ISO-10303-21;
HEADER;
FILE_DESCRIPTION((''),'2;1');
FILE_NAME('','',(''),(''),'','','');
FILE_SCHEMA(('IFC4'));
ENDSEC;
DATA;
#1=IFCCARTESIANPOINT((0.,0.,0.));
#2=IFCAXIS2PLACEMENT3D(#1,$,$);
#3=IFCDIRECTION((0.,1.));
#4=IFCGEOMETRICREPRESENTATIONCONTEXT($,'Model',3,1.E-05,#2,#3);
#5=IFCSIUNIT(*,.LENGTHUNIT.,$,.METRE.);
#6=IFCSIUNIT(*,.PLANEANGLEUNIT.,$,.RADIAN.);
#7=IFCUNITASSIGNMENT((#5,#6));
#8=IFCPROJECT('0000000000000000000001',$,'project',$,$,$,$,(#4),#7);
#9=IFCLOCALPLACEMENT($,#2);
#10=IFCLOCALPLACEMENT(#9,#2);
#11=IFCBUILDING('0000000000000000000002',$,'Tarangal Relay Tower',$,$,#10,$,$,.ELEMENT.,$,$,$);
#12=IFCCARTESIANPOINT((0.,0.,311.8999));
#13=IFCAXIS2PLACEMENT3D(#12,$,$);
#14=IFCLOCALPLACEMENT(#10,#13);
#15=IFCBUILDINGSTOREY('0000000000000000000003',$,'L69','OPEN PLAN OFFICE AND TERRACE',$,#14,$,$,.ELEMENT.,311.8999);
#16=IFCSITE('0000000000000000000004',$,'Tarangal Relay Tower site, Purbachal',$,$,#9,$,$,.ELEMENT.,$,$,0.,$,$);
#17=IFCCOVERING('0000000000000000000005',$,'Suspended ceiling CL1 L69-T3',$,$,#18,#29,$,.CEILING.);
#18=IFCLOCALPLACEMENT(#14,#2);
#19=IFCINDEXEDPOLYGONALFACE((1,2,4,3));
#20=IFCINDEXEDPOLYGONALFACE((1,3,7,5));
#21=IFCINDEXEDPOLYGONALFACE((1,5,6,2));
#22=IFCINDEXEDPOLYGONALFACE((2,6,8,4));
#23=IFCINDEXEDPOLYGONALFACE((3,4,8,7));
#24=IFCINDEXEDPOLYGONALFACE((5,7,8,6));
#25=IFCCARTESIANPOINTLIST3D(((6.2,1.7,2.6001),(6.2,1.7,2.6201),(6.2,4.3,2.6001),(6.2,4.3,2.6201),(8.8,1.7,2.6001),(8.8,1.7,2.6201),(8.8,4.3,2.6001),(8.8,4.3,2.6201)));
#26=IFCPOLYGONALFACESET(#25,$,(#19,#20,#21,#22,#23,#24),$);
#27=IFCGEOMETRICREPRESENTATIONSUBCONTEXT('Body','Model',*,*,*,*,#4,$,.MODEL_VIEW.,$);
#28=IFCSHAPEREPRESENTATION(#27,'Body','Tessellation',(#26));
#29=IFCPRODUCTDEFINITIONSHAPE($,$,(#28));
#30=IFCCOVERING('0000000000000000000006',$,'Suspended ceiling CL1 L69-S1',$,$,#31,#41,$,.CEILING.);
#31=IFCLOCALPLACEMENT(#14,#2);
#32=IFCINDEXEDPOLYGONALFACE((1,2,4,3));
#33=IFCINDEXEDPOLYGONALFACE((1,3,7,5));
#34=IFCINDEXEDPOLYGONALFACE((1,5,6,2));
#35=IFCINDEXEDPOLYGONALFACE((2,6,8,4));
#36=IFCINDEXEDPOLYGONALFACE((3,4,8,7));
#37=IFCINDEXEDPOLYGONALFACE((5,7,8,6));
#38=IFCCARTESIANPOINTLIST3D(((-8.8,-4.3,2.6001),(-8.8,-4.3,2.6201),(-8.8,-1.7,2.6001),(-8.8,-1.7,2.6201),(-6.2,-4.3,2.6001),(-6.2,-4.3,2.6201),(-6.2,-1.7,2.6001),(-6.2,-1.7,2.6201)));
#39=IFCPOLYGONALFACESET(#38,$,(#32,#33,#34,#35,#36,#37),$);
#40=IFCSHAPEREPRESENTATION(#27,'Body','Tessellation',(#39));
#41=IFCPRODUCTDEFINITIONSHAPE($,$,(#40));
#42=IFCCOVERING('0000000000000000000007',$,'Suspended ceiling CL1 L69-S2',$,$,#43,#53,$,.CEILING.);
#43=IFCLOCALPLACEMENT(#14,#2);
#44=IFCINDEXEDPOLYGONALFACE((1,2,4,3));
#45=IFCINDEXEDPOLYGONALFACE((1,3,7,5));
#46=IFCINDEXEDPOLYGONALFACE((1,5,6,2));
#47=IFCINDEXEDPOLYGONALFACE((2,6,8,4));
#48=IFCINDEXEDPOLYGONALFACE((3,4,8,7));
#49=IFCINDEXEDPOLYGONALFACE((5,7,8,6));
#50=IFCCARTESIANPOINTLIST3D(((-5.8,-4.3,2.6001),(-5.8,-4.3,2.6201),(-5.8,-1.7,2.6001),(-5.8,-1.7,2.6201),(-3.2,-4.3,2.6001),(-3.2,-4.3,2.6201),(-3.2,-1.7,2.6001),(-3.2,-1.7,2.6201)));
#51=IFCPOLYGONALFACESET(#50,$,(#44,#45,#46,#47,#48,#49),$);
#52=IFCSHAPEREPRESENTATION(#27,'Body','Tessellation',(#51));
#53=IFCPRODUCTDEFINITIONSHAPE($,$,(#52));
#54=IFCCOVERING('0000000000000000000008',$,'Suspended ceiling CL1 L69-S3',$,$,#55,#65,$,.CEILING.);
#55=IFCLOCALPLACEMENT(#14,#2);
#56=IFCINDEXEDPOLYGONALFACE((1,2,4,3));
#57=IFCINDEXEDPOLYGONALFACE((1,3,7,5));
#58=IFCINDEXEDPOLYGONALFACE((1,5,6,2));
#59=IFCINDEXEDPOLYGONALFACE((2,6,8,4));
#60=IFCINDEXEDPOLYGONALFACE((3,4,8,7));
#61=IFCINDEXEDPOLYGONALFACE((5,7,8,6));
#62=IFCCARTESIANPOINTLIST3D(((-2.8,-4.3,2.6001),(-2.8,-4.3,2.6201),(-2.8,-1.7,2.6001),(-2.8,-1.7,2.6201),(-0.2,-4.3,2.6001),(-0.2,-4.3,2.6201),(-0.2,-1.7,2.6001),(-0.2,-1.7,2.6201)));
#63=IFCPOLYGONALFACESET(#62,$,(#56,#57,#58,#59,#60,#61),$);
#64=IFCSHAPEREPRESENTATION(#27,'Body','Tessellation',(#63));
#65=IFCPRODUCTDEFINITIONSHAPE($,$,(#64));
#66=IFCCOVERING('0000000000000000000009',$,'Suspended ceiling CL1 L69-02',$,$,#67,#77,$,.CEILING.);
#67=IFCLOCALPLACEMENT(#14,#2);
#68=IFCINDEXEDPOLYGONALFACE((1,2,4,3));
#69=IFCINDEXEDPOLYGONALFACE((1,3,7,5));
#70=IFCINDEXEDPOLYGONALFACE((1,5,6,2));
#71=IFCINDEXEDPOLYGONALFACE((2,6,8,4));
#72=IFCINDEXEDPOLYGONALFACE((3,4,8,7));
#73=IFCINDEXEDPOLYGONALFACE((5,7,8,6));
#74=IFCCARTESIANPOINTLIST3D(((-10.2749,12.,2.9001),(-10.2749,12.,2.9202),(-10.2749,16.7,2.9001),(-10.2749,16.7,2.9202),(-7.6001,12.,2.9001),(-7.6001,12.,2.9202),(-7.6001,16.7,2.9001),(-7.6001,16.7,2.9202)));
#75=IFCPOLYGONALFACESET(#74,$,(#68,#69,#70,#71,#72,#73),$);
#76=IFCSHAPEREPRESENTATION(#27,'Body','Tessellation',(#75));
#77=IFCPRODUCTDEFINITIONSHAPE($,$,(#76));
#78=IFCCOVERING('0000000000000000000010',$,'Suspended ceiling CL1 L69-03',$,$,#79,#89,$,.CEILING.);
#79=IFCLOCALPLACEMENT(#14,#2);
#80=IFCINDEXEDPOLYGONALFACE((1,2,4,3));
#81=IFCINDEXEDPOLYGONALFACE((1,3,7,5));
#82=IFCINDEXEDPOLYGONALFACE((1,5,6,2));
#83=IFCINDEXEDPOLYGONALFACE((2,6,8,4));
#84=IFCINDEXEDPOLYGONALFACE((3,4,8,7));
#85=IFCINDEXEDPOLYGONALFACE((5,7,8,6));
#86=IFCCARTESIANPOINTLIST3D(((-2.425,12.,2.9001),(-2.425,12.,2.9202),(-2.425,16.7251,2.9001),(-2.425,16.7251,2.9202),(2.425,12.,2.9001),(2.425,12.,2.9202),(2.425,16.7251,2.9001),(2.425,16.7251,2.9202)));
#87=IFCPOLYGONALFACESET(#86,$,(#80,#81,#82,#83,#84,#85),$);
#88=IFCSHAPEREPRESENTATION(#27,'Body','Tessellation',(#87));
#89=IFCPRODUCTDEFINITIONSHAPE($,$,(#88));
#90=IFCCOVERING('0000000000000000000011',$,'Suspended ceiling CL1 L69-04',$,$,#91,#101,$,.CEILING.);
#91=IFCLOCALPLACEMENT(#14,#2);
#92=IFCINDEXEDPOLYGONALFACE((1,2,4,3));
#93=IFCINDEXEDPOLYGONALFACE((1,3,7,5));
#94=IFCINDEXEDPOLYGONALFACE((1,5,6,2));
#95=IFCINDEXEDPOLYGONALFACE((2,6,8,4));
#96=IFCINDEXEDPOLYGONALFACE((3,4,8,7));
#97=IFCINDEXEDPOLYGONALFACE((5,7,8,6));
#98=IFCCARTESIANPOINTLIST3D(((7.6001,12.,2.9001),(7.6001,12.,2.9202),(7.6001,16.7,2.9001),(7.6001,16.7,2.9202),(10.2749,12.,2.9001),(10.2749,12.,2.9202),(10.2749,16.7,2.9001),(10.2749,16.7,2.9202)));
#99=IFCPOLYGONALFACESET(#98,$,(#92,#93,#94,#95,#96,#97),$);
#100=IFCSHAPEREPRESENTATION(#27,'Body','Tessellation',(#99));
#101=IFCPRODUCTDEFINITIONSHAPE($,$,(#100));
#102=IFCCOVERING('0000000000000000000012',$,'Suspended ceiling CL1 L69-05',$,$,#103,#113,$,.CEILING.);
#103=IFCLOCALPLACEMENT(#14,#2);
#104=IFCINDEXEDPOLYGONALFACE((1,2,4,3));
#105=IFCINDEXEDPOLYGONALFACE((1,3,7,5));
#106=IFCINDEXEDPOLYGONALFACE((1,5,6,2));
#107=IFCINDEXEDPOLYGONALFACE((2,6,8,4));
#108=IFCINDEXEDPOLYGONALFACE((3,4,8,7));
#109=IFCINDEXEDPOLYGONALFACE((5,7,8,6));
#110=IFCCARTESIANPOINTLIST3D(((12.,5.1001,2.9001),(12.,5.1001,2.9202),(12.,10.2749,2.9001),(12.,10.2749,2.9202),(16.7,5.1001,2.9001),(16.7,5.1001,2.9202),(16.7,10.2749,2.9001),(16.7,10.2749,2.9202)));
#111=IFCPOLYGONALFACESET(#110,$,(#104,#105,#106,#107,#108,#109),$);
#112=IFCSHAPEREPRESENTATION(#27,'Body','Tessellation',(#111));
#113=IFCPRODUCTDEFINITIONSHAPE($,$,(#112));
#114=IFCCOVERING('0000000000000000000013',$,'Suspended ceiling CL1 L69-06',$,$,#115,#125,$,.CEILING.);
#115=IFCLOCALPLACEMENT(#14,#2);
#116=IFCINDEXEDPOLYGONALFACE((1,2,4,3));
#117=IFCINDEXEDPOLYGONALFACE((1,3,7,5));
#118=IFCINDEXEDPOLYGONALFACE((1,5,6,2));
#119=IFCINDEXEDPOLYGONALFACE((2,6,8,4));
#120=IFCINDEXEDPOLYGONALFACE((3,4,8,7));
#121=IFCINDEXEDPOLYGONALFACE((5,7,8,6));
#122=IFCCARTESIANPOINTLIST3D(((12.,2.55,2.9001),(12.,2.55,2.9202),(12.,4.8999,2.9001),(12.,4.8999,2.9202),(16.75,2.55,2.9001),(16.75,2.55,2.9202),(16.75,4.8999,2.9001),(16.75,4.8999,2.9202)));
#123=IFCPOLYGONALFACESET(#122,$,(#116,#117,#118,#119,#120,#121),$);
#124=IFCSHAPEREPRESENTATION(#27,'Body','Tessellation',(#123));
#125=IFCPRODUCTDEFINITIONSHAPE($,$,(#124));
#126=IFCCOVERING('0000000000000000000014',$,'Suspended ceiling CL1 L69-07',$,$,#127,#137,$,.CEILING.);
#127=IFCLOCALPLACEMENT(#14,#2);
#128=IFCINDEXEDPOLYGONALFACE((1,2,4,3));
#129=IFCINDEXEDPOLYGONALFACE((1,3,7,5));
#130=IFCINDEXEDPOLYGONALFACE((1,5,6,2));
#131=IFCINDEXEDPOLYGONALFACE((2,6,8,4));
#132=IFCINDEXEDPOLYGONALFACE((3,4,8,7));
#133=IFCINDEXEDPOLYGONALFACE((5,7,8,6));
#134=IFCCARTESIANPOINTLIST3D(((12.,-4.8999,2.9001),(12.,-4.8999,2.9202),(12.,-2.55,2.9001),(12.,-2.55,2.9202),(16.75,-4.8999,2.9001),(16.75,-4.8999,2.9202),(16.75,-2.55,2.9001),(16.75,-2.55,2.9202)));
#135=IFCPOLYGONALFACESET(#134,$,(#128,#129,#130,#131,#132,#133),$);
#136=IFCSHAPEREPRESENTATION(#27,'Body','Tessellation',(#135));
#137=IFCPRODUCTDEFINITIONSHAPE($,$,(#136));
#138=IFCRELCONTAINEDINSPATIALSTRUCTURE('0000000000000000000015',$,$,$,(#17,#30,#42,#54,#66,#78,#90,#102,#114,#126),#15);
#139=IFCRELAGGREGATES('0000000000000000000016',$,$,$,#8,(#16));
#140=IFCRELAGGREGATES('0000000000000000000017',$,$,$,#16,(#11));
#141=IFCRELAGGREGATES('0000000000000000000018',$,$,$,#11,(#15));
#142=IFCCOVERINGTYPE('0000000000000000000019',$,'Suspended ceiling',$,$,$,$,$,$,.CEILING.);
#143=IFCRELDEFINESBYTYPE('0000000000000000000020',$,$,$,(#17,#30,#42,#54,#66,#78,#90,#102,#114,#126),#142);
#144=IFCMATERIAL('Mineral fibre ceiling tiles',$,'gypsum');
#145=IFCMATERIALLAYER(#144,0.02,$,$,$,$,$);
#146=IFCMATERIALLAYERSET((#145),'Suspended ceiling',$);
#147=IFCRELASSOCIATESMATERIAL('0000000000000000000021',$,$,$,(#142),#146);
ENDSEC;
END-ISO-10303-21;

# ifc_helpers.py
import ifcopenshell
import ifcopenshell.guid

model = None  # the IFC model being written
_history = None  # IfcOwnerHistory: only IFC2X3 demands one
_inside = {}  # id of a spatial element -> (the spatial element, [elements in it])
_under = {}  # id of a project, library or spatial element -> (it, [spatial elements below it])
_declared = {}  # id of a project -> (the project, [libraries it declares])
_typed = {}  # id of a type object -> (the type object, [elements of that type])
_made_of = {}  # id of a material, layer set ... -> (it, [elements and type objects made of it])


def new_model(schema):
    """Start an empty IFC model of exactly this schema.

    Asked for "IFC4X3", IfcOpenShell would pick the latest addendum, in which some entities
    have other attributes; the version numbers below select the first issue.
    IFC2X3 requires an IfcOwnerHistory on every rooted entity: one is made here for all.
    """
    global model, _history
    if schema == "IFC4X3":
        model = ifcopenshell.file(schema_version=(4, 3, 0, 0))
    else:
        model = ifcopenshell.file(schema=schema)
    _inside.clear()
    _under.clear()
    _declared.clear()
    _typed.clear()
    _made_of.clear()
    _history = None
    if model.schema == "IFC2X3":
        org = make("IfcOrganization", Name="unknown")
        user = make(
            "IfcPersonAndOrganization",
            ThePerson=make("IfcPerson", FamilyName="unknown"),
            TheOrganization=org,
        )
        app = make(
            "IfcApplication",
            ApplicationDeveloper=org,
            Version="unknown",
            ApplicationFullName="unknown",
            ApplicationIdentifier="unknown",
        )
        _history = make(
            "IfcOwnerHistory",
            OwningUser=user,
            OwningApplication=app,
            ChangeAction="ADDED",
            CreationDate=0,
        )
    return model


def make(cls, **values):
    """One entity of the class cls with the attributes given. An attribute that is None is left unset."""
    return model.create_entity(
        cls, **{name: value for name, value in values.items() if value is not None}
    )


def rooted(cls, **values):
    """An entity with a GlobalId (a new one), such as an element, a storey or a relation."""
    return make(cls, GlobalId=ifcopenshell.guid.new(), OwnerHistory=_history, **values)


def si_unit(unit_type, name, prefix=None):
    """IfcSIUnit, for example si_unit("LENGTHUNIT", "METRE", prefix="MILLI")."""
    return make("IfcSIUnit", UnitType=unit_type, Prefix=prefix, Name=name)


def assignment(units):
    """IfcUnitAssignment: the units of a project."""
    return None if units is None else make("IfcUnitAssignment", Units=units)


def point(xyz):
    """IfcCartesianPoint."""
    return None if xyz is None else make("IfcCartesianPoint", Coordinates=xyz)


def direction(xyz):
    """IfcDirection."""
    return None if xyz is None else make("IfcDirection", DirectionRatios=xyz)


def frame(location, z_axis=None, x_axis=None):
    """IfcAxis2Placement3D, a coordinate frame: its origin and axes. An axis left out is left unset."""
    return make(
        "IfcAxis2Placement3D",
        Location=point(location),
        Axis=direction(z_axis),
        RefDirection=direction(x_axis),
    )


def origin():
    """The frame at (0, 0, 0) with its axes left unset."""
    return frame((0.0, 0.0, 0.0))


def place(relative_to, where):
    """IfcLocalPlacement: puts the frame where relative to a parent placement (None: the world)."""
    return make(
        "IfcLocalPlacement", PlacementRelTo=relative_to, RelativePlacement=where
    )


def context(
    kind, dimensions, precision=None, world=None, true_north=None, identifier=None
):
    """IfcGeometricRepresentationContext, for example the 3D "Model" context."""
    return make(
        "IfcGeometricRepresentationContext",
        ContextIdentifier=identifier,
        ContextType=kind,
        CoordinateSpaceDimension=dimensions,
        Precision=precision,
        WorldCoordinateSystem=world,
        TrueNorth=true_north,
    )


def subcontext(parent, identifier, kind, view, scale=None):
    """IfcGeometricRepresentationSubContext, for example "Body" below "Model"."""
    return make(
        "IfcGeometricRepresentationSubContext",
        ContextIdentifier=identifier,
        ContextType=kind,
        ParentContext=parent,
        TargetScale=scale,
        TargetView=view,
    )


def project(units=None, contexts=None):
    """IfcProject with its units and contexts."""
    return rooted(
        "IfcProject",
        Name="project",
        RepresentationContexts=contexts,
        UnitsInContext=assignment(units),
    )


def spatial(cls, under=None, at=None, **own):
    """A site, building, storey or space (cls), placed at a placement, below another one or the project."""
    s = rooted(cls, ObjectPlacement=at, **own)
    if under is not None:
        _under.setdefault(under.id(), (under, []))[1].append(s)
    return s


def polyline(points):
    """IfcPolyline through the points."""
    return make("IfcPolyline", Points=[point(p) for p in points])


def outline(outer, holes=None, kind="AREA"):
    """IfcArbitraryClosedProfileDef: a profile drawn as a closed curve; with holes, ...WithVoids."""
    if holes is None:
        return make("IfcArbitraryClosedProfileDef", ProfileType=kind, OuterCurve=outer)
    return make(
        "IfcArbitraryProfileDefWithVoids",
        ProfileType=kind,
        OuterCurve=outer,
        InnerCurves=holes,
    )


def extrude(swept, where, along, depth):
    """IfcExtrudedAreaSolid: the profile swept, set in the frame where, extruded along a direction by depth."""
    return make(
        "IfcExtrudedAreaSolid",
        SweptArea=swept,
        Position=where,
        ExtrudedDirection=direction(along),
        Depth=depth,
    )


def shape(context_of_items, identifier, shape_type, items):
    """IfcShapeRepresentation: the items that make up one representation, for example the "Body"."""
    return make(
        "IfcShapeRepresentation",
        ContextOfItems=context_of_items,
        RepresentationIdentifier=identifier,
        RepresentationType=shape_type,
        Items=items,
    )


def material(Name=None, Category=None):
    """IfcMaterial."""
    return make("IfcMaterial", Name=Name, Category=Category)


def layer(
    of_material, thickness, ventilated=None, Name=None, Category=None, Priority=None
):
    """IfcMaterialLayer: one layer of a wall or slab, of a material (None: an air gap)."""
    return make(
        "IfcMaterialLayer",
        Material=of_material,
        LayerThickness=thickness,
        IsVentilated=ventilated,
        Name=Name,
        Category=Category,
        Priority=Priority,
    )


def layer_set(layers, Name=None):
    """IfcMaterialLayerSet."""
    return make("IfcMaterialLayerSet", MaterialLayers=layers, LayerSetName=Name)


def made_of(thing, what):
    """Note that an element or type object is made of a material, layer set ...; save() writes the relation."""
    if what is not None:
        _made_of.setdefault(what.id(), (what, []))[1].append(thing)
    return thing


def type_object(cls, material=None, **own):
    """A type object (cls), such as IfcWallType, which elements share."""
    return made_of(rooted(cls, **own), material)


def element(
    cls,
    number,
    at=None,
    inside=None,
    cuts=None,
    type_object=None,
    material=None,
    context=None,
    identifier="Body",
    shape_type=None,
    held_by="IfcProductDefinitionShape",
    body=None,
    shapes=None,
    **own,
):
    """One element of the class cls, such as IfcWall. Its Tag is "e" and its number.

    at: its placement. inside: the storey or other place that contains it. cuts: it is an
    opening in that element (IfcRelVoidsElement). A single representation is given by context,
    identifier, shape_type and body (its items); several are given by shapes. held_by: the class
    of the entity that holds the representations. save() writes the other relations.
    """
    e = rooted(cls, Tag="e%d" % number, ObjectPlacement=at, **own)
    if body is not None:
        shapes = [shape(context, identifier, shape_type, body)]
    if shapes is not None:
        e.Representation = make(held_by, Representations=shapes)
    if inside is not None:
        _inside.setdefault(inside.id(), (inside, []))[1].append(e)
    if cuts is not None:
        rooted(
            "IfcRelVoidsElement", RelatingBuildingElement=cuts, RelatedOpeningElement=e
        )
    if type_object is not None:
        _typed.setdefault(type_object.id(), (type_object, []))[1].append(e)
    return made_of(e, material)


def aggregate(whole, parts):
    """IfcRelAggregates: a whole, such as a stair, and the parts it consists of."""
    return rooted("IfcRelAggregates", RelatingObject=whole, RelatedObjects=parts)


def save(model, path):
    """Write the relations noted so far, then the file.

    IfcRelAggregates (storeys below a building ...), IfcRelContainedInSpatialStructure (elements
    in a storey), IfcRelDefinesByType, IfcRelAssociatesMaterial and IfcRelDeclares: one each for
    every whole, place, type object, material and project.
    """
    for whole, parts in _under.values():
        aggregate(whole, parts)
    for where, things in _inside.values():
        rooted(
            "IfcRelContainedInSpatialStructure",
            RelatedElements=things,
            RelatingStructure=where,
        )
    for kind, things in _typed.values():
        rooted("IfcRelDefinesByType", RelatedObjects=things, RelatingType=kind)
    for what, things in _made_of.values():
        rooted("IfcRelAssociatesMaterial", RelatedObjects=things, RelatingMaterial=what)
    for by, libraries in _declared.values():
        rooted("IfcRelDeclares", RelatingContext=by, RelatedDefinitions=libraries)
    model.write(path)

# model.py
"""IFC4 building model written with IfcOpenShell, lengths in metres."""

from ifc_helpers import new_model, si_unit, direction, frame, origin, place, context, subcontext, project, spatial, polyline, outline, extrude, material, layer, layer_set, type_object, element, save


model = new_model("IFC4")

# Units and contexts
model_context = context("Model", 3, precision=1e-05, world=origin(), true_north=direction((0.0, 1.0)))
body_context = subcontext(model_context, "Body", "Model", "MODEL_VIEW")
ifc_project = project(units=[si_unit("LENGTHUNIT", "METRE"), si_unit("PLANEANGLEUNIT", "RADIAN")], contexts=[model_context])

# Site, building, storey
site_placement = place(None, origin())
site = spatial("IfcSite", under=ifc_project, at=site_placement, Name="Tarangal Relay Tower site, Purbachal", CompositionType="ELEMENT", RefElevation=0.0)
building_placement = place(site_placement, origin())
building = spatial("IfcBuilding", under=site, at=building_placement, Name="Tarangal Relay Tower", CompositionType="ELEMENT")
storey_placement = place(building_placement, frame((0.0, 0.0, 311.8999)))
storey = spatial("IfcBuildingStorey", under=building, at=storey_placement, Name="L69", Description="OPEN PLAN OFFICE AND TERRACE", CompositionType="ELEMENT", Elevation=311.8999)

# Coverings
ifc_material_1 = material(Name="Mineral fibre ceiling tiles", Category="gypsum")
ifc_layer_1 = layer(ifc_material_1, 0.02)
ifc_layer_set_1 = layer_set([ifc_layer_1], Name="Suspended ceiling")
covering_type_1 = type_object("IfcCoveringType", Name="Suspended ceiling", PredefinedType="CEILING", material=ifc_layer_set_1)
covering_1_placement = place(storey_placement, frame((0.0, 0.0, 2.6001)))
element("IfcCovering", 1, at=covering_1_placement, inside=storey, type_object=covering_type_1, Name="Suspended ceiling CL1 L69-T3", PredefinedType="CEILING", context=body_context, shape_type="SweptSolid", body=[
    extrude(outline(polyline([(6.2, 1.7), (8.8, 1.7), (8.8, 4.3), (6.2, 4.3), (6.2, 1.7)])), origin(), (0.0, 0.0, 1.0), 0.02),
])
covering_2_placement = place(storey_placement, frame((0.0, 0.0, 2.6001)))
element("IfcCovering", 2, at=covering_2_placement, inside=storey, type_object=covering_type_1, Name="Suspended ceiling CL1 L69-S1", PredefinedType="CEILING", context=body_context, shape_type="SweptSolid", body=[
    extrude(outline(polyline([(-8.8, -4.3), (-6.2, -4.3), (-6.2, -1.7), (-8.8, -1.7), (-8.8, -4.3)])), origin(), (0.0, 0.0, 1.0), 0.02),
])
covering_3_placement = place(storey_placement, frame((0.0, 0.0, 2.6001)))
element("IfcCovering", 3, at=covering_3_placement, inside=storey, type_object=covering_type_1, Name="Suspended ceiling CL1 L69-S2", PredefinedType="CEILING", context=body_context, shape_type="SweptSolid", body=[
    extrude(outline(polyline([(-5.8, -4.3), (-3.2, -4.3), (-3.2, -1.7), (-5.8, -1.7), (-5.8, -4.3)])), origin(), (0.0, 0.0, 1.0), 0.02),
])
covering_4_placement = place(storey_placement, frame((0.0, 0.0, 2.6001)))
element("IfcCovering", 4, at=covering_4_placement, inside=storey, type_object=covering_type_1, Name="Suspended ceiling CL1 L69-S3", PredefinedType="CEILING", context=body_context, shape_type="SweptSolid", body=[
    extrude(outline(polyline([(-2.8, -4.3), (-0.2, -4.3), (-0.2, -1.7), (-2.8, -1.7), (-2.8, -4.3)])), origin(), (0.0, 0.0, 1.0), 0.02),
])
covering_5_placement = place(storey_placement, frame((0.0, 0.0, 2.9001)))
element("IfcCovering", 5, at=covering_5_placement, inside=storey, type_object=covering_type_1, Name="Suspended ceiling CL1 L69-02", PredefinedType="CEILING", context=body_context, shape_type="SweptSolid", body=[
    extrude(outline(polyline([(-7.6001, 12.0), (-7.6001, 16.7), (-10.2749, 16.7), (-10.2749, 12.0), (-7.6001, 12.0)])), origin(), (0.0, 0.0, 1.0), 0.02),
])
covering_6_placement = place(storey_placement, frame((0.0, 0.0, 2.9001)))
element("IfcCovering", 6, at=covering_6_placement, inside=storey, type_object=covering_type_1, Name="Suspended ceiling CL1 L69-03", PredefinedType="CEILING", context=body_context, shape_type="SweptSolid", body=[
    extrude(outline(polyline([(2.425, 12.0), (2.425, 16.7251), (-2.425, 16.7251), (-2.425, 12.0), (2.425, 12.0)])), origin(), (0.0, 0.0, 1.0), 0.02),
])
covering_7_placement = place(storey_placement, frame((0.0, 0.0, 2.9001)))
element("IfcCovering", 7, at=covering_7_placement, inside=storey, type_object=covering_type_1, Name="Suspended ceiling CL1 L69-04", PredefinedType="CEILING", context=body_context, shape_type="SweptSolid", body=[
    extrude(outline(polyline([(10.2749, 12.0), (10.2749, 16.7), (7.6001, 16.7), (7.6001, 12.0), (10.2749, 12.0)])), origin(), (0.0, 0.0, 1.0), 0.02),
])
covering_8_placement = place(storey_placement, frame((0.0, 0.0, 2.9001)))
element("IfcCovering", 8, at=covering_8_placement, inside=storey, type_object=covering_type_1, Name="Suspended ceiling CL1 L69-05", PredefinedType="CEILING", context=body_context, shape_type="SweptSolid", body=[
    extrude(outline(polyline([(12.0, 5.1001), (16.7, 5.1001), (16.7, 10.2749), (12.0, 10.2749), (12.0, 5.1001)])), origin(), (0.0, 0.0, 1.0), 0.02),
])
covering_9_placement = place(storey_placement, frame((0.0, 0.0, 2.9001)))
element("IfcCovering", 9, at=covering_9_placement, inside=storey, type_object=covering_type_1, Name="Suspended ceiling CL1 L69-06", PredefinedType="CEILING", context=body_context, shape_type="SweptSolid", body=[
    extrude(outline(polyline([(12.0, 2.55), (16.75, 2.55), (16.75, 4.8999), (12.0, 4.8999), (12.0, 2.55)])), origin(), (0.0, 0.0, 1.0), 0.02),
])
covering_10_placement = place(storey_placement, frame((0.0, 0.0, 2.9001)))
element("IfcCovering", 10, at=covering_10_placement, inside=storey, type_object=covering_type_1, Name="Suspended ceiling CL1 L69-07", PredefinedType="CEILING", context=body_context, shape_type="SweptSolid", body=[
    extrude(outline(polyline([(12.0, -4.8999), (16.75, -4.8999), (16.75, -2.55), (12.0, -2.55), (12.0, -4.8999)])), origin(), (0.0, 0.0, 1.0), 0.02),
])

save(model, "model.ifc")
